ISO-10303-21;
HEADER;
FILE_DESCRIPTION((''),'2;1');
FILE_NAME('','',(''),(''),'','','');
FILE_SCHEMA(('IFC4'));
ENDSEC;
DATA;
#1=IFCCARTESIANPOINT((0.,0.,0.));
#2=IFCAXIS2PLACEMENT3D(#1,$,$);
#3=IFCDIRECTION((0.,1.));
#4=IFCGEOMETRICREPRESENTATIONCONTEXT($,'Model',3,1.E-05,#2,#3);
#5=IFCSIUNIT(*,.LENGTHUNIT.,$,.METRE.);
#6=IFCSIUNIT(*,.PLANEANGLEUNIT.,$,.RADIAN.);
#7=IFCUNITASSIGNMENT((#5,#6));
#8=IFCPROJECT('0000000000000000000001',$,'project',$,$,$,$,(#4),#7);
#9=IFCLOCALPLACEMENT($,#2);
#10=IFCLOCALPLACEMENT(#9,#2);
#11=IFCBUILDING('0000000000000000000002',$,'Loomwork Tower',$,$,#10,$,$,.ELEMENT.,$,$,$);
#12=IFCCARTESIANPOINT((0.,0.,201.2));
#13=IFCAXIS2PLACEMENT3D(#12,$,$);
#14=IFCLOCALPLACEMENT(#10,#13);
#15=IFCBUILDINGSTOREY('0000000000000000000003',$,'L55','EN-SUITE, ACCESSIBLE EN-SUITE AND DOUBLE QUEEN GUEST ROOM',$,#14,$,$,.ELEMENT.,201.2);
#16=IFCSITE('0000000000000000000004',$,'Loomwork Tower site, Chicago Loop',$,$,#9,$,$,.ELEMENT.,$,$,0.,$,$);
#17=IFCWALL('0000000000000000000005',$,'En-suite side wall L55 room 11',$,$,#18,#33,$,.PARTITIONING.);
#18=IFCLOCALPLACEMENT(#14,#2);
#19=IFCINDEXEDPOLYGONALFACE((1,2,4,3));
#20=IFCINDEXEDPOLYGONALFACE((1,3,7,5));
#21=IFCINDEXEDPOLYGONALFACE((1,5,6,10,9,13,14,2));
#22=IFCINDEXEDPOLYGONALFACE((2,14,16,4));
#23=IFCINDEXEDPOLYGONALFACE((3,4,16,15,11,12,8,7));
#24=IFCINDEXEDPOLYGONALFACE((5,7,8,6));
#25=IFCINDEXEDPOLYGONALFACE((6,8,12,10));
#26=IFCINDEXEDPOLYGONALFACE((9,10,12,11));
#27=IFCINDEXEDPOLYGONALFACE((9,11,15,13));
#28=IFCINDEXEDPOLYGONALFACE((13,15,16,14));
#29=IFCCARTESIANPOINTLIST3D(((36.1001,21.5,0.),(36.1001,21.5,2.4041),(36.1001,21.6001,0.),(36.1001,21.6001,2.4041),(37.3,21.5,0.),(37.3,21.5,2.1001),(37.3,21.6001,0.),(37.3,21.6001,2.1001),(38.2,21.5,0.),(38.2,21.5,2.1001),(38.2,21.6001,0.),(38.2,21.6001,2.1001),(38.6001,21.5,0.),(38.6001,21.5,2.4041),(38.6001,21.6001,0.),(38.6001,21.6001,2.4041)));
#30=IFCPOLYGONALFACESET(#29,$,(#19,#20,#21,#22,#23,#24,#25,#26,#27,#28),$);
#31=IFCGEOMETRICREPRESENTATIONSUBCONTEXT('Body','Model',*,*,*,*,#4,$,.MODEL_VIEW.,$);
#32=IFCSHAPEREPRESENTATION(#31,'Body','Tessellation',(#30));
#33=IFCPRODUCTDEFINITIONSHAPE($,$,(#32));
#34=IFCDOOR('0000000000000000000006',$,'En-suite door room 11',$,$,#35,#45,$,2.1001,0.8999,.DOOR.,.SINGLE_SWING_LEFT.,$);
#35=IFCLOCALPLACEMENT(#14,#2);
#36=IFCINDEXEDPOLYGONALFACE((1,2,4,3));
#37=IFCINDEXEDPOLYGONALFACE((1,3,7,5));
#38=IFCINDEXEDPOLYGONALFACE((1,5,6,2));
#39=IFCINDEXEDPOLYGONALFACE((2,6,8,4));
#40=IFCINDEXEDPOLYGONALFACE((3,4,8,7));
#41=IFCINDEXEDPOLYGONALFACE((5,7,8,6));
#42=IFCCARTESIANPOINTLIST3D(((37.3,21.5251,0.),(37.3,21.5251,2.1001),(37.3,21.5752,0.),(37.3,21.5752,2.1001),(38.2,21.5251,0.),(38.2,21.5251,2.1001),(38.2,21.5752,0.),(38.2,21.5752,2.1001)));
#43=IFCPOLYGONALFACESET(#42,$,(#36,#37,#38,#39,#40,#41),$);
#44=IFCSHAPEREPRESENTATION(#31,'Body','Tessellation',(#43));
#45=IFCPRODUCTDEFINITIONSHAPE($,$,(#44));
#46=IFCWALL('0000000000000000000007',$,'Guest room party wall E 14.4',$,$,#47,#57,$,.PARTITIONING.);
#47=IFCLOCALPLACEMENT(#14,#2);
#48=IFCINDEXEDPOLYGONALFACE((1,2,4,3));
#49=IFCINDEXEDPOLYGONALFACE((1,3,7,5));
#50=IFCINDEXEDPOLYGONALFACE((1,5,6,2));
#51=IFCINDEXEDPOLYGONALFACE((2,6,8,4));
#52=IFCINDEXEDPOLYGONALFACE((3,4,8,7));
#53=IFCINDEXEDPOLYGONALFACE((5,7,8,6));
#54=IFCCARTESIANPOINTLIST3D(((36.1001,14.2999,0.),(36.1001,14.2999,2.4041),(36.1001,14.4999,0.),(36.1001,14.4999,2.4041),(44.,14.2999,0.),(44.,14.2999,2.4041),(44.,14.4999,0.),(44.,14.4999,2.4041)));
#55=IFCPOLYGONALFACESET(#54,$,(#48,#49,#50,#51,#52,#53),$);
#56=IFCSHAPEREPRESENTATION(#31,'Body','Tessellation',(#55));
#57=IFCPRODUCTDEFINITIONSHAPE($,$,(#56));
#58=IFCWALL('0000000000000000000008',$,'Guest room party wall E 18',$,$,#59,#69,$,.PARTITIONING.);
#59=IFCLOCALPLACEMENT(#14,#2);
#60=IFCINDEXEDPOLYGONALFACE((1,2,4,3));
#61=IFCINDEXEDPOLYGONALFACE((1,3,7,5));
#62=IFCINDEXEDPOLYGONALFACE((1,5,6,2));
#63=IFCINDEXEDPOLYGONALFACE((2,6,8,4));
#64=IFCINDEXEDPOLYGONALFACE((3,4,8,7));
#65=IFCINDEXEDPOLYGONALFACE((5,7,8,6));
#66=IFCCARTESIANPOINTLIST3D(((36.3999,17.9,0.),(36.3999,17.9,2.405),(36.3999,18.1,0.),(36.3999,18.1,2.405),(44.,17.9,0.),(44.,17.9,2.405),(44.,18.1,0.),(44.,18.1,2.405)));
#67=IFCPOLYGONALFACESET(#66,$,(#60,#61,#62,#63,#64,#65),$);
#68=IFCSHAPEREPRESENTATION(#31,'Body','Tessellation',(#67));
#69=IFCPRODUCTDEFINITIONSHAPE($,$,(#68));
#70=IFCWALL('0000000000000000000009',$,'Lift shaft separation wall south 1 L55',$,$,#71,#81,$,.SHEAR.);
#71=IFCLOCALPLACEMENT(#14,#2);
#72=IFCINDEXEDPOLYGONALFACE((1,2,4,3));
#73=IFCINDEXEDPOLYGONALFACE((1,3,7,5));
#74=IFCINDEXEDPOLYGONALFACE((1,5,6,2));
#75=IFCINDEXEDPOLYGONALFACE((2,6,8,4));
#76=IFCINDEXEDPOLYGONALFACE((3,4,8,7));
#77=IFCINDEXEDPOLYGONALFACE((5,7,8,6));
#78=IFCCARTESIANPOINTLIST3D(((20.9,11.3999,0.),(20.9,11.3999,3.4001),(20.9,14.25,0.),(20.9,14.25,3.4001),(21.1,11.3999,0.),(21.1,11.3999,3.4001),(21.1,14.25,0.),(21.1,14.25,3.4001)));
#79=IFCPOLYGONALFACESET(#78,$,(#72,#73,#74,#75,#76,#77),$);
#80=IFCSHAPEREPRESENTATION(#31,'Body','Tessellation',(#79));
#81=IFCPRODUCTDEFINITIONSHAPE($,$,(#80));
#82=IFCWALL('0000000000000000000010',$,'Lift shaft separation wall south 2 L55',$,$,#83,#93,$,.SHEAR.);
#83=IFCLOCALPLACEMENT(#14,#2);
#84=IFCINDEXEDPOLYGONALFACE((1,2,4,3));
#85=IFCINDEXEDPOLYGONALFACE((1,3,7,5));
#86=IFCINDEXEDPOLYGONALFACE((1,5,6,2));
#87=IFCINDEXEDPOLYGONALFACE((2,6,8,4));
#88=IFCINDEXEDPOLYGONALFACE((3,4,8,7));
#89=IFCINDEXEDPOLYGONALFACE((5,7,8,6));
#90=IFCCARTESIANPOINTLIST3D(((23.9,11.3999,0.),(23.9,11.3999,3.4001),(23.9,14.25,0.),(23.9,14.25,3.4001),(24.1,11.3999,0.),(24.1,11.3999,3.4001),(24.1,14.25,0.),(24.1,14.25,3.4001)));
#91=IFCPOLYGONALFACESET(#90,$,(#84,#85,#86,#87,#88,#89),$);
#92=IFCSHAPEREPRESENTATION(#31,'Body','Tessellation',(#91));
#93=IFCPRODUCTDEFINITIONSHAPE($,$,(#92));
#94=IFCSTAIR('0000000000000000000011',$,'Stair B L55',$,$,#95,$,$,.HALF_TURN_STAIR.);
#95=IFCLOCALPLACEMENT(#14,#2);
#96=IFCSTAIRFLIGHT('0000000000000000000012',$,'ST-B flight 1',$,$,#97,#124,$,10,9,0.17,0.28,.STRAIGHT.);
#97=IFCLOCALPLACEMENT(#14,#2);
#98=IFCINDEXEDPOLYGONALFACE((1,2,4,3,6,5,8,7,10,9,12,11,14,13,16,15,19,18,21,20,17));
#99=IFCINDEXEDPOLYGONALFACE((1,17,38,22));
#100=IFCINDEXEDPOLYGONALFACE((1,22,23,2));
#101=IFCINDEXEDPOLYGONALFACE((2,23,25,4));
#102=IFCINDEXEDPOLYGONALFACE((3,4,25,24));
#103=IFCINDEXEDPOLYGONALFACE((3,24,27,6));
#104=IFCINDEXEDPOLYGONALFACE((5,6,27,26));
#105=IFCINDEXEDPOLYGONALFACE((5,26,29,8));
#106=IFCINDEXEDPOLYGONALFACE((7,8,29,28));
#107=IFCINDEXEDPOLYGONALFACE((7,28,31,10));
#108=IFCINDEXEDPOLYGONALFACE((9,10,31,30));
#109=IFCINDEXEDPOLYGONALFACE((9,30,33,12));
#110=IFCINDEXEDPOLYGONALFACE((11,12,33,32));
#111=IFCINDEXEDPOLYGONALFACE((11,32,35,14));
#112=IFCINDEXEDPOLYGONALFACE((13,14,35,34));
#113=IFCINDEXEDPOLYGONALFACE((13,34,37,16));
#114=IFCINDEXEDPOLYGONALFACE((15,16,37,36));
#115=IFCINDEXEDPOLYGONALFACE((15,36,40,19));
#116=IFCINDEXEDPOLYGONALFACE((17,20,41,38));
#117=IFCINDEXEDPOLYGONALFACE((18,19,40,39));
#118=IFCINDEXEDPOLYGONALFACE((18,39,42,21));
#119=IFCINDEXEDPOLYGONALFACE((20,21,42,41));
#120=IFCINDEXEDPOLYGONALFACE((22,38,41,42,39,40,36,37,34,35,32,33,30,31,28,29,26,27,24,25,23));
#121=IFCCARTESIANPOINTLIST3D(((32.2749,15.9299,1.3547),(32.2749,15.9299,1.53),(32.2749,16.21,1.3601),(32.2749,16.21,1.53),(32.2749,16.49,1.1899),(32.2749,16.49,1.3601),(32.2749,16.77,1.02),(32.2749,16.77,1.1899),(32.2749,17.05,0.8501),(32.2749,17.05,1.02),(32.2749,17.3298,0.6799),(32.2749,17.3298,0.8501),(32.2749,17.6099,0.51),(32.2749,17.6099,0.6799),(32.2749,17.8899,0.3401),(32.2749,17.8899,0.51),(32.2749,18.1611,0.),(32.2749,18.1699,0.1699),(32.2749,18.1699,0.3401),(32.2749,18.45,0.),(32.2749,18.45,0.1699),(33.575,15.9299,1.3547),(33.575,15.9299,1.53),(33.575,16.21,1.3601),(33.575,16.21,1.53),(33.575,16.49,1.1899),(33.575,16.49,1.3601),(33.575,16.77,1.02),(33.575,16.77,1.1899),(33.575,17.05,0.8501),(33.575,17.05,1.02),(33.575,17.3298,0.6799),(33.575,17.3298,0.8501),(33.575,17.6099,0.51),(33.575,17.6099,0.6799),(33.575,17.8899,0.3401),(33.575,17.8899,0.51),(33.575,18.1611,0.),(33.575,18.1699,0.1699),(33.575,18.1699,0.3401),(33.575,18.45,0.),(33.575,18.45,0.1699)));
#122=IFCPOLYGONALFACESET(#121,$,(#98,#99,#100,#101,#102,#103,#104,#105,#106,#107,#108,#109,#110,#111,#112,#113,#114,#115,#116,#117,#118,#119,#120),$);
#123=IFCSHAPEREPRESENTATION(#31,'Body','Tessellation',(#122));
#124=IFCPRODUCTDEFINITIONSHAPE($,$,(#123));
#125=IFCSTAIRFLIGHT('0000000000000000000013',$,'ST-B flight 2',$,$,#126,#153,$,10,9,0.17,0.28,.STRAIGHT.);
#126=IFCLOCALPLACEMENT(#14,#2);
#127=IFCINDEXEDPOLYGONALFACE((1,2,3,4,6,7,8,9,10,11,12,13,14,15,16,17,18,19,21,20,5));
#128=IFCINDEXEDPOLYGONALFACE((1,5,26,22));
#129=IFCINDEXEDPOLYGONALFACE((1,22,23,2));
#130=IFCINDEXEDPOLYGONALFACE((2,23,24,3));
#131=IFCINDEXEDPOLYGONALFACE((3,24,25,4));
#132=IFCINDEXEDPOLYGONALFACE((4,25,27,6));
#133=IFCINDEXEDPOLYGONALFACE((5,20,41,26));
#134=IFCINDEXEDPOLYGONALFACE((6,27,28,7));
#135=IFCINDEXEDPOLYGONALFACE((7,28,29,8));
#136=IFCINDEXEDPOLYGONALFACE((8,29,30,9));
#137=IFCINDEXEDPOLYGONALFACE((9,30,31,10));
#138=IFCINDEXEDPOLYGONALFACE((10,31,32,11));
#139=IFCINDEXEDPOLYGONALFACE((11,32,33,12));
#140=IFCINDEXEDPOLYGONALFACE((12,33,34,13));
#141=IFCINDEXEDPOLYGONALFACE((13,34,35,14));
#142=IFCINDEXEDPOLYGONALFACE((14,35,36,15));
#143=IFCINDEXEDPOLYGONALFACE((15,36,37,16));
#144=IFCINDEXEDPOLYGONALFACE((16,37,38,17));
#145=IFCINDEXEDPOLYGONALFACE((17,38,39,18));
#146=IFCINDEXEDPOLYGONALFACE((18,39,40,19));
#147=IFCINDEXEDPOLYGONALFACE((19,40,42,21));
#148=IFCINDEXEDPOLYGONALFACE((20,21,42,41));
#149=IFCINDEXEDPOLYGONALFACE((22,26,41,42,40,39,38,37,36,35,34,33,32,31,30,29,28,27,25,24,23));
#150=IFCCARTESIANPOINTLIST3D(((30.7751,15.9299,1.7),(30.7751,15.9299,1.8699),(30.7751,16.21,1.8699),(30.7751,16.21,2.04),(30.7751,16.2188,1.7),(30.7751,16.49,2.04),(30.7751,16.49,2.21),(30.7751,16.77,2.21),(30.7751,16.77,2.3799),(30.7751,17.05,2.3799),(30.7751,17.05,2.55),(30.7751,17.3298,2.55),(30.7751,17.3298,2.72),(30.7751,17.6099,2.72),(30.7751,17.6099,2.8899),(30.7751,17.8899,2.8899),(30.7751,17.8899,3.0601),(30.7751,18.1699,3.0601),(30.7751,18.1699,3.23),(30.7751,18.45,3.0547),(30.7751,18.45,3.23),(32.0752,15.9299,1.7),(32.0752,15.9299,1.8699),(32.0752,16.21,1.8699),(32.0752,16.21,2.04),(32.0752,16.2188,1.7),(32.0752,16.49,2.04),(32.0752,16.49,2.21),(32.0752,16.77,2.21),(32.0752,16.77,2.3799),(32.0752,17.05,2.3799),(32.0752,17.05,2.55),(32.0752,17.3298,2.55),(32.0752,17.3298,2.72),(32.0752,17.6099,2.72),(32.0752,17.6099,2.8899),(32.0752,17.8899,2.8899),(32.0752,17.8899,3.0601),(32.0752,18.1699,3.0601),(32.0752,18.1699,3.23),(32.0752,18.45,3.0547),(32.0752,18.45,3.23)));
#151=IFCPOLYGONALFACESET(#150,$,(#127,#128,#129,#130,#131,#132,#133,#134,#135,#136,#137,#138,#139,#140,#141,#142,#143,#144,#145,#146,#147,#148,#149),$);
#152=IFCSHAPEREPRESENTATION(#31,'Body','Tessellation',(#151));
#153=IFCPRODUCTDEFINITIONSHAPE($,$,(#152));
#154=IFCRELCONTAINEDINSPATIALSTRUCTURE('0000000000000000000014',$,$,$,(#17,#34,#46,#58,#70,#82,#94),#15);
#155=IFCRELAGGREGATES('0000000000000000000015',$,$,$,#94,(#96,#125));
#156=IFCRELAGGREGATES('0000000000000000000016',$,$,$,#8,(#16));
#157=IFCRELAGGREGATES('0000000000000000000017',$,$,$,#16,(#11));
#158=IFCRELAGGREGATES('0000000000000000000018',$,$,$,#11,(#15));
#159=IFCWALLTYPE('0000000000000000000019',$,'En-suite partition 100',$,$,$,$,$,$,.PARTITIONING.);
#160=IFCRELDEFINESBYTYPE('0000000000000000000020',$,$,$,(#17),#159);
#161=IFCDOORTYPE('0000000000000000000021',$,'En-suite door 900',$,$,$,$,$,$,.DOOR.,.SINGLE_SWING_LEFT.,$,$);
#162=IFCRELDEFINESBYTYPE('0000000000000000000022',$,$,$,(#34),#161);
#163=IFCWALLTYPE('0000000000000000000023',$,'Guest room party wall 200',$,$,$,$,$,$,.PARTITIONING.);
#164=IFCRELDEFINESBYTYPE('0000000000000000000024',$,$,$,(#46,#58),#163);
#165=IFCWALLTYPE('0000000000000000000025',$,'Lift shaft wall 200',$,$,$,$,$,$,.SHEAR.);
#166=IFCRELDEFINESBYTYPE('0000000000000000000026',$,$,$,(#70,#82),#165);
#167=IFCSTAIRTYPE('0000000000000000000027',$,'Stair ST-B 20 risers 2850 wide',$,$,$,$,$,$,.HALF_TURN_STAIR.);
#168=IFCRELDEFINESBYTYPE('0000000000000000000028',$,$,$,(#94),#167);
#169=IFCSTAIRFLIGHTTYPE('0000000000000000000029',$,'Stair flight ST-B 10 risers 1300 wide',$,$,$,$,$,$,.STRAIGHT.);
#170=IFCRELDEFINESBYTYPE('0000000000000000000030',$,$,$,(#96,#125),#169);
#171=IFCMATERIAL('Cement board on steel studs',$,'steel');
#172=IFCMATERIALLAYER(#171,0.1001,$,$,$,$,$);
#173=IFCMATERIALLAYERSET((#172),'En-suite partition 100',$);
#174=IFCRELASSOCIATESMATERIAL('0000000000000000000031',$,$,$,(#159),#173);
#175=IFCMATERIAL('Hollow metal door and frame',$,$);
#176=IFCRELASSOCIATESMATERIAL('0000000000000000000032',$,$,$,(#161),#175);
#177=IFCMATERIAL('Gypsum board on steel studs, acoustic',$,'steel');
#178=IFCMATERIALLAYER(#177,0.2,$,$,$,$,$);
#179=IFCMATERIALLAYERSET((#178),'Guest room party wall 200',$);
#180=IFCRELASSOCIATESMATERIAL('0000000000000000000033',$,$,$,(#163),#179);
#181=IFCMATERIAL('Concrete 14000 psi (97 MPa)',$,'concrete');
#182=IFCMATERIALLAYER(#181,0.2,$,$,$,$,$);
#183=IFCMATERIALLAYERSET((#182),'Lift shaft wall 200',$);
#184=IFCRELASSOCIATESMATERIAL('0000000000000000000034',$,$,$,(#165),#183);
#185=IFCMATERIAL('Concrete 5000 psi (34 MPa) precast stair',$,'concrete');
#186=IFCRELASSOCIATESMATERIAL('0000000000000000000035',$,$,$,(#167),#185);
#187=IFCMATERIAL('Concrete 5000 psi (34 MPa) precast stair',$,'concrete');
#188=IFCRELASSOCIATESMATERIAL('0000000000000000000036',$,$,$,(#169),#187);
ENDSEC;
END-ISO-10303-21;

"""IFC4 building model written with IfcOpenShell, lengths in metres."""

from ifc_helpers import new_model, si_unit, direction, frame, frame_2d, origin, place, context, subcontext, project, spatial, polyline, rectangle, outline, extrude, material, layer, layer_set, type_object, element, fill, aggregate, save


model = new_model("IFC4")

# Units and contexts
model_context = context("Model", 3, precision=1e-05, world=origin(), true_north=direction((0.0, 1.0)))
body_context = subcontext(model_context, "Body", "Model", "MODEL_VIEW")
ifc_project = project(units=[si_unit("LENGTHUNIT", "METRE"), si_unit("PLANEANGLEUNIT", "RADIAN")], contexts=[model_context])

# Site, building, storey
site_placement = place(None, origin())
site = spatial("IfcSite", under=ifc_project, at=site_placement, Name="Loomwork Tower site, Chicago Loop", CompositionType="ELEMENT", RefElevation=0.0)
building_placement = place(site_placement, origin())
building = spatial("IfcBuilding", under=site, at=building_placement, Name="Loomwork Tower", CompositionType="ELEMENT")
storey_placement = place(building_placement, frame((0.0, 0.0, 201.2)))
storey = spatial("IfcBuildingStorey", under=building, at=storey_placement, Name="L55", Description="EN-SUITE, ACCESSIBLE EN-SUITE AND DOUBLE QUEEN GUEST ROOM", CompositionType="ELEMENT", Elevation=201.2)

# Wall, opening, door
ifc_material_1 = material(Name="Cement board on steel studs", Category="steel")
ifc_layer_1 = layer(ifc_material_1, 0.1001)
ifc_layer_set_1 = layer_set([ifc_layer_1], Name="En-suite partition 100")
wall_type_1 = type_object("IfcWallType", Name="En-suite partition 100", PredefinedType="PARTITIONING", material=ifc_layer_set_1)
ifc_material_2 = material(Name="Hollow metal door and frame")
door_type_1 = type_object("IfcDoorType", Name="En-suite door 900", OperationType="SINGLE_SWING_LEFT", PredefinedType="DOOR", material=ifc_material_2)
wall_1_placement = place(storey_placement, frame((36.1001, 21.55, 0.0), z_axis=(0.0, 0.0, 1.0), x_axis=(1.0, 0.0, 0.0)))
wall_1 = element("IfcWall", 1, at=wall_1_placement, inside=storey, type_object=wall_type_1, Name="En-suite side wall L55 room 11", PredefinedType="PARTITIONING", context=body_context, shape_type="SweptSolid", body=[
    extrude(rectangle(XDim=2.5, YDim=0.1001, at=frame_2d((1.25, 0.0))), origin(), (0.0, 0.0, 1.0), 2.4041),
])
opening_1_placement = place(wall_1_placement, frame((1.2, 0.0, 0.0)))
opening_1 = element("IfcOpeningElement", 2, at=opening_1_placement, cuts=wall_1, PredefinedType="OPENING", context=body_context, shape_type="SweptSolid", body=[
    extrude(rectangle(XDim=0.8999, YDim=2.1001, at=frame_2d((0.45, 1.05))), frame((0.0, 0.0601, 0.0), z_axis=(0.0, -1.0, 0.0), x_axis=(1.0, 0.0, 0.0)), (0.0, 0.0, 1.0), 0.1201),
])
door_1_placement = place(opening_1_placement, frame((0.8999, 0.0, 0.0), z_axis=(0.0, 0.0, 1.0), x_axis=(-1.0, 0.0, 0.0)))
door_1 = element("IfcDoor", 3, at=door_1_placement, inside=storey, type_object=door_type_1, Name="En-suite door room 11", OperationType="SINGLE_SWING_LEFT", OverallHeight=2.1001, OverallWidth=0.8999, PredefinedType="DOOR", context=body_context, shape_type="SweptSolid", body=[
    extrude(rectangle(XDim=0.8999, YDim=2.1001, at=frame_2d((0.45, 1.05))), frame((0.0, 0.0249, 0.0), z_axis=(0.0, -1.0, 0.0), x_axis=(1.0, 0.0, 0.0)), (0.0, 0.0, 1.0), 0.05),
])
fill(opening_1, door_1)

# Walls
ifc_material_3 = material(Name="Gypsum board on steel studs, acoustic", Category="steel")
ifc_layer_2 = layer(ifc_material_3, 0.2)
ifc_layer_set_2 = layer_set([ifc_layer_2], Name="Guest room party wall 200")
wall_type_2 = type_object("IfcWallType", Name="Guest room party wall 200", PredefinedType="PARTITIONING", material=ifc_layer_set_2)
wall_2_placement = place(storey_placement, frame((36.1001, 14.3999, 0.0), z_axis=(0.0, 0.0, 1.0), x_axis=(1.0, 0.0, 0.0)))
element("IfcWall", 4, at=wall_2_placement, inside=storey, type_object=wall_type_2, Name="Guest room party wall E 14.4", PredefinedType="PARTITIONING", context=body_context, shape_type="SweptSolid", body=[
    extrude(rectangle(XDim=7.8999, YDim=0.2, at=frame_2d((3.95, 0.0))), origin(), (0.0, 0.0, 1.0), 2.4041),
])
wall_3_placement = place(storey_placement, frame((36.3999, 18.0, 0.0), z_axis=(0.0, 0.0, 1.0), x_axis=(1.0, 0.0, 0.0)))
element("IfcWall", 5, at=wall_3_placement, inside=storey, type_object=wall_type_2, Name="Guest room party wall E 18", PredefinedType="PARTITIONING", context=body_context, shape_type="SweptSolid", body=[
    extrude(rectangle(XDim=7.6001, YDim=0.2, at=frame_2d((3.8, 0.0))), origin(), (0.0, 0.0, 1.0), 2.405),
])
ifc_material_4 = material(Name="Concrete 14000 psi (97 MPa)", Category="concrete")
ifc_layer_3 = layer(ifc_material_4, 0.2)
ifc_layer_set_3 = layer_set([ifc_layer_3], Name="Lift shaft wall 200")
wall_type_3 = type_object("IfcWallType", Name="Lift shaft wall 200", PredefinedType="SHEAR", material=ifc_layer_set_3)
for number, where, z_axis, x_axis, name in (
    (6, (21.0, 11.3999, 0.0), (0.0, 0.0, 1.0), (0.0, 1.0, 0.0), "Lift shaft separation wall south 1 L55"),
    (7, (24.0, 11.3999, 0.0), (0.0, 0.0, 1.0), (0.0, 1.0, 0.0), "Lift shaft separation wall south 2 L55"),
):
    element("IfcWall", number, at=place(storey_placement, frame(where, z_axis=z_axis, x_axis=x_axis)), inside=storey, type_object=wall_type_3, Name=name, PredefinedType="SHEAR", context=body_context, shape_type="SweptSolid", body=[
        extrude(rectangle(XDim=2.8501, YDim=0.2, at=frame_2d((1.425, 0.0))), origin(), (0.0, 0.0, 1.0), 3.4001),
    ])

# Stair, stair flights
ifc_material_5 = material(Name="Concrete 5000 psi (34 MPa) precast stair", Category="concrete")
stair_type = type_object("IfcStairType", Name="Stair ST-B 20 risers 2850 wide", PredefinedType="HALF_TURN_STAIR", material=ifc_material_5)
stair_placement = place(storey_placement, origin())
stair = element("IfcStair", 8, at=stair_placement, inside=storey, type_object=stair_type, Name="Stair B L55", PredefinedType="HALF_TURN_STAIR")
ifc_material_6 = material(Name="Concrete 5000 psi (34 MPa) precast stair", Category="concrete")
stair_flight_type = type_object("IfcStairFlightType", Name="Stair flight ST-B 10 risers 1300 wide", PredefinedType="STRAIGHT", material=ifc_material_6)
stair_flight_1_placement = place(storey_placement, frame((32.925, 18.45, 0.0), z_axis=(0.0, 0.0, 1.0), x_axis=(0.0, -1.0, 0.0)))
stair_flight_1 = element("IfcStairFlight", 9, at=stair_flight_1_placement, type_object=stair_flight_type, Name="ST-B flight 1", NumberOfRisers=10, NumberOfTreads=9, PredefinedType="STRAIGHT", RiserHeight=0.17, TreadLength=0.28, context=body_context, shape_type="SweptSolid", body=[
    extrude(outline(polyline([(0.0, 0.0), (0.0, 0.1699), (0.28, 0.1699), (0.28, 0.3401), (0.5601, 0.3401), (0.5601, 0.51), (0.8401, 0.51), (0.8401, 0.6799), (1.1201, 0.6799), (1.1201, 0.8501), (1.3999, 0.8501), (1.3999, 1.02), (1.6799, 1.02), (1.6799, 1.1899), (1.96, 1.1899), (1.96, 1.3601), (2.24, 1.3601), (2.24, 1.53), (2.52, 1.53), (2.52, 1.7), (2.52, 1.3547), (0.2888, 0.0), (0.0, 0.0)])), frame((0.0, 0.6499, 0.0), z_axis=(0.0, -1.0, 0.0), x_axis=(1.0, 0.0, 0.0)), (0.0, 0.0, 1.0), 1.3),
])
stair_flight_2_placement = place(storey_placement, frame((31.425, 15.9299, 1.7), z_axis=(0.0, 0.0, 1.0), x_axis=(0.0, 1.0, 0.0)))
stair_flight_2 = element("IfcStairFlight", 10, at=stair_flight_2_placement, type_object=stair_flight_type, Name="ST-B flight 2", NumberOfRisers=10, NumberOfTreads=9, PredefinedType="STRAIGHT", RiserHeight=0.17, TreadLength=0.28, context=body_context, shape_type="SweptSolid", body=[
    extrude(outline(polyline([(0.0, 0.0), (0.0, 0.1699), (0.28, 0.1699), (0.28, 0.3401), (0.5601, 0.3401), (0.5601, 0.51), (0.8401, 0.51), (0.8401, 0.6799), (1.1201, 0.6799), (1.1201, 0.8501), (1.3999, 0.8501), (1.3999, 1.02), (1.6799, 1.02), (1.6799, 1.1899), (1.96, 1.1899), (1.96, 1.3601), (2.24, 1.3601), (2.24, 1.53), (2.52, 1.53), (2.52, 1.7), (2.52, 1.3547), (0.2888, 0.0), (0.0, 0.0)])), frame((0.0, 0.6499, 0.0), z_axis=(0.0, -1.0, 0.0), x_axis=(1.0, 0.0, 0.0)), (0.0, 0.0, 1.0), 1.3),
])
aggregate(stair, [stair_flight_1, stair_flight_2])

save(model, "model.ifc")
